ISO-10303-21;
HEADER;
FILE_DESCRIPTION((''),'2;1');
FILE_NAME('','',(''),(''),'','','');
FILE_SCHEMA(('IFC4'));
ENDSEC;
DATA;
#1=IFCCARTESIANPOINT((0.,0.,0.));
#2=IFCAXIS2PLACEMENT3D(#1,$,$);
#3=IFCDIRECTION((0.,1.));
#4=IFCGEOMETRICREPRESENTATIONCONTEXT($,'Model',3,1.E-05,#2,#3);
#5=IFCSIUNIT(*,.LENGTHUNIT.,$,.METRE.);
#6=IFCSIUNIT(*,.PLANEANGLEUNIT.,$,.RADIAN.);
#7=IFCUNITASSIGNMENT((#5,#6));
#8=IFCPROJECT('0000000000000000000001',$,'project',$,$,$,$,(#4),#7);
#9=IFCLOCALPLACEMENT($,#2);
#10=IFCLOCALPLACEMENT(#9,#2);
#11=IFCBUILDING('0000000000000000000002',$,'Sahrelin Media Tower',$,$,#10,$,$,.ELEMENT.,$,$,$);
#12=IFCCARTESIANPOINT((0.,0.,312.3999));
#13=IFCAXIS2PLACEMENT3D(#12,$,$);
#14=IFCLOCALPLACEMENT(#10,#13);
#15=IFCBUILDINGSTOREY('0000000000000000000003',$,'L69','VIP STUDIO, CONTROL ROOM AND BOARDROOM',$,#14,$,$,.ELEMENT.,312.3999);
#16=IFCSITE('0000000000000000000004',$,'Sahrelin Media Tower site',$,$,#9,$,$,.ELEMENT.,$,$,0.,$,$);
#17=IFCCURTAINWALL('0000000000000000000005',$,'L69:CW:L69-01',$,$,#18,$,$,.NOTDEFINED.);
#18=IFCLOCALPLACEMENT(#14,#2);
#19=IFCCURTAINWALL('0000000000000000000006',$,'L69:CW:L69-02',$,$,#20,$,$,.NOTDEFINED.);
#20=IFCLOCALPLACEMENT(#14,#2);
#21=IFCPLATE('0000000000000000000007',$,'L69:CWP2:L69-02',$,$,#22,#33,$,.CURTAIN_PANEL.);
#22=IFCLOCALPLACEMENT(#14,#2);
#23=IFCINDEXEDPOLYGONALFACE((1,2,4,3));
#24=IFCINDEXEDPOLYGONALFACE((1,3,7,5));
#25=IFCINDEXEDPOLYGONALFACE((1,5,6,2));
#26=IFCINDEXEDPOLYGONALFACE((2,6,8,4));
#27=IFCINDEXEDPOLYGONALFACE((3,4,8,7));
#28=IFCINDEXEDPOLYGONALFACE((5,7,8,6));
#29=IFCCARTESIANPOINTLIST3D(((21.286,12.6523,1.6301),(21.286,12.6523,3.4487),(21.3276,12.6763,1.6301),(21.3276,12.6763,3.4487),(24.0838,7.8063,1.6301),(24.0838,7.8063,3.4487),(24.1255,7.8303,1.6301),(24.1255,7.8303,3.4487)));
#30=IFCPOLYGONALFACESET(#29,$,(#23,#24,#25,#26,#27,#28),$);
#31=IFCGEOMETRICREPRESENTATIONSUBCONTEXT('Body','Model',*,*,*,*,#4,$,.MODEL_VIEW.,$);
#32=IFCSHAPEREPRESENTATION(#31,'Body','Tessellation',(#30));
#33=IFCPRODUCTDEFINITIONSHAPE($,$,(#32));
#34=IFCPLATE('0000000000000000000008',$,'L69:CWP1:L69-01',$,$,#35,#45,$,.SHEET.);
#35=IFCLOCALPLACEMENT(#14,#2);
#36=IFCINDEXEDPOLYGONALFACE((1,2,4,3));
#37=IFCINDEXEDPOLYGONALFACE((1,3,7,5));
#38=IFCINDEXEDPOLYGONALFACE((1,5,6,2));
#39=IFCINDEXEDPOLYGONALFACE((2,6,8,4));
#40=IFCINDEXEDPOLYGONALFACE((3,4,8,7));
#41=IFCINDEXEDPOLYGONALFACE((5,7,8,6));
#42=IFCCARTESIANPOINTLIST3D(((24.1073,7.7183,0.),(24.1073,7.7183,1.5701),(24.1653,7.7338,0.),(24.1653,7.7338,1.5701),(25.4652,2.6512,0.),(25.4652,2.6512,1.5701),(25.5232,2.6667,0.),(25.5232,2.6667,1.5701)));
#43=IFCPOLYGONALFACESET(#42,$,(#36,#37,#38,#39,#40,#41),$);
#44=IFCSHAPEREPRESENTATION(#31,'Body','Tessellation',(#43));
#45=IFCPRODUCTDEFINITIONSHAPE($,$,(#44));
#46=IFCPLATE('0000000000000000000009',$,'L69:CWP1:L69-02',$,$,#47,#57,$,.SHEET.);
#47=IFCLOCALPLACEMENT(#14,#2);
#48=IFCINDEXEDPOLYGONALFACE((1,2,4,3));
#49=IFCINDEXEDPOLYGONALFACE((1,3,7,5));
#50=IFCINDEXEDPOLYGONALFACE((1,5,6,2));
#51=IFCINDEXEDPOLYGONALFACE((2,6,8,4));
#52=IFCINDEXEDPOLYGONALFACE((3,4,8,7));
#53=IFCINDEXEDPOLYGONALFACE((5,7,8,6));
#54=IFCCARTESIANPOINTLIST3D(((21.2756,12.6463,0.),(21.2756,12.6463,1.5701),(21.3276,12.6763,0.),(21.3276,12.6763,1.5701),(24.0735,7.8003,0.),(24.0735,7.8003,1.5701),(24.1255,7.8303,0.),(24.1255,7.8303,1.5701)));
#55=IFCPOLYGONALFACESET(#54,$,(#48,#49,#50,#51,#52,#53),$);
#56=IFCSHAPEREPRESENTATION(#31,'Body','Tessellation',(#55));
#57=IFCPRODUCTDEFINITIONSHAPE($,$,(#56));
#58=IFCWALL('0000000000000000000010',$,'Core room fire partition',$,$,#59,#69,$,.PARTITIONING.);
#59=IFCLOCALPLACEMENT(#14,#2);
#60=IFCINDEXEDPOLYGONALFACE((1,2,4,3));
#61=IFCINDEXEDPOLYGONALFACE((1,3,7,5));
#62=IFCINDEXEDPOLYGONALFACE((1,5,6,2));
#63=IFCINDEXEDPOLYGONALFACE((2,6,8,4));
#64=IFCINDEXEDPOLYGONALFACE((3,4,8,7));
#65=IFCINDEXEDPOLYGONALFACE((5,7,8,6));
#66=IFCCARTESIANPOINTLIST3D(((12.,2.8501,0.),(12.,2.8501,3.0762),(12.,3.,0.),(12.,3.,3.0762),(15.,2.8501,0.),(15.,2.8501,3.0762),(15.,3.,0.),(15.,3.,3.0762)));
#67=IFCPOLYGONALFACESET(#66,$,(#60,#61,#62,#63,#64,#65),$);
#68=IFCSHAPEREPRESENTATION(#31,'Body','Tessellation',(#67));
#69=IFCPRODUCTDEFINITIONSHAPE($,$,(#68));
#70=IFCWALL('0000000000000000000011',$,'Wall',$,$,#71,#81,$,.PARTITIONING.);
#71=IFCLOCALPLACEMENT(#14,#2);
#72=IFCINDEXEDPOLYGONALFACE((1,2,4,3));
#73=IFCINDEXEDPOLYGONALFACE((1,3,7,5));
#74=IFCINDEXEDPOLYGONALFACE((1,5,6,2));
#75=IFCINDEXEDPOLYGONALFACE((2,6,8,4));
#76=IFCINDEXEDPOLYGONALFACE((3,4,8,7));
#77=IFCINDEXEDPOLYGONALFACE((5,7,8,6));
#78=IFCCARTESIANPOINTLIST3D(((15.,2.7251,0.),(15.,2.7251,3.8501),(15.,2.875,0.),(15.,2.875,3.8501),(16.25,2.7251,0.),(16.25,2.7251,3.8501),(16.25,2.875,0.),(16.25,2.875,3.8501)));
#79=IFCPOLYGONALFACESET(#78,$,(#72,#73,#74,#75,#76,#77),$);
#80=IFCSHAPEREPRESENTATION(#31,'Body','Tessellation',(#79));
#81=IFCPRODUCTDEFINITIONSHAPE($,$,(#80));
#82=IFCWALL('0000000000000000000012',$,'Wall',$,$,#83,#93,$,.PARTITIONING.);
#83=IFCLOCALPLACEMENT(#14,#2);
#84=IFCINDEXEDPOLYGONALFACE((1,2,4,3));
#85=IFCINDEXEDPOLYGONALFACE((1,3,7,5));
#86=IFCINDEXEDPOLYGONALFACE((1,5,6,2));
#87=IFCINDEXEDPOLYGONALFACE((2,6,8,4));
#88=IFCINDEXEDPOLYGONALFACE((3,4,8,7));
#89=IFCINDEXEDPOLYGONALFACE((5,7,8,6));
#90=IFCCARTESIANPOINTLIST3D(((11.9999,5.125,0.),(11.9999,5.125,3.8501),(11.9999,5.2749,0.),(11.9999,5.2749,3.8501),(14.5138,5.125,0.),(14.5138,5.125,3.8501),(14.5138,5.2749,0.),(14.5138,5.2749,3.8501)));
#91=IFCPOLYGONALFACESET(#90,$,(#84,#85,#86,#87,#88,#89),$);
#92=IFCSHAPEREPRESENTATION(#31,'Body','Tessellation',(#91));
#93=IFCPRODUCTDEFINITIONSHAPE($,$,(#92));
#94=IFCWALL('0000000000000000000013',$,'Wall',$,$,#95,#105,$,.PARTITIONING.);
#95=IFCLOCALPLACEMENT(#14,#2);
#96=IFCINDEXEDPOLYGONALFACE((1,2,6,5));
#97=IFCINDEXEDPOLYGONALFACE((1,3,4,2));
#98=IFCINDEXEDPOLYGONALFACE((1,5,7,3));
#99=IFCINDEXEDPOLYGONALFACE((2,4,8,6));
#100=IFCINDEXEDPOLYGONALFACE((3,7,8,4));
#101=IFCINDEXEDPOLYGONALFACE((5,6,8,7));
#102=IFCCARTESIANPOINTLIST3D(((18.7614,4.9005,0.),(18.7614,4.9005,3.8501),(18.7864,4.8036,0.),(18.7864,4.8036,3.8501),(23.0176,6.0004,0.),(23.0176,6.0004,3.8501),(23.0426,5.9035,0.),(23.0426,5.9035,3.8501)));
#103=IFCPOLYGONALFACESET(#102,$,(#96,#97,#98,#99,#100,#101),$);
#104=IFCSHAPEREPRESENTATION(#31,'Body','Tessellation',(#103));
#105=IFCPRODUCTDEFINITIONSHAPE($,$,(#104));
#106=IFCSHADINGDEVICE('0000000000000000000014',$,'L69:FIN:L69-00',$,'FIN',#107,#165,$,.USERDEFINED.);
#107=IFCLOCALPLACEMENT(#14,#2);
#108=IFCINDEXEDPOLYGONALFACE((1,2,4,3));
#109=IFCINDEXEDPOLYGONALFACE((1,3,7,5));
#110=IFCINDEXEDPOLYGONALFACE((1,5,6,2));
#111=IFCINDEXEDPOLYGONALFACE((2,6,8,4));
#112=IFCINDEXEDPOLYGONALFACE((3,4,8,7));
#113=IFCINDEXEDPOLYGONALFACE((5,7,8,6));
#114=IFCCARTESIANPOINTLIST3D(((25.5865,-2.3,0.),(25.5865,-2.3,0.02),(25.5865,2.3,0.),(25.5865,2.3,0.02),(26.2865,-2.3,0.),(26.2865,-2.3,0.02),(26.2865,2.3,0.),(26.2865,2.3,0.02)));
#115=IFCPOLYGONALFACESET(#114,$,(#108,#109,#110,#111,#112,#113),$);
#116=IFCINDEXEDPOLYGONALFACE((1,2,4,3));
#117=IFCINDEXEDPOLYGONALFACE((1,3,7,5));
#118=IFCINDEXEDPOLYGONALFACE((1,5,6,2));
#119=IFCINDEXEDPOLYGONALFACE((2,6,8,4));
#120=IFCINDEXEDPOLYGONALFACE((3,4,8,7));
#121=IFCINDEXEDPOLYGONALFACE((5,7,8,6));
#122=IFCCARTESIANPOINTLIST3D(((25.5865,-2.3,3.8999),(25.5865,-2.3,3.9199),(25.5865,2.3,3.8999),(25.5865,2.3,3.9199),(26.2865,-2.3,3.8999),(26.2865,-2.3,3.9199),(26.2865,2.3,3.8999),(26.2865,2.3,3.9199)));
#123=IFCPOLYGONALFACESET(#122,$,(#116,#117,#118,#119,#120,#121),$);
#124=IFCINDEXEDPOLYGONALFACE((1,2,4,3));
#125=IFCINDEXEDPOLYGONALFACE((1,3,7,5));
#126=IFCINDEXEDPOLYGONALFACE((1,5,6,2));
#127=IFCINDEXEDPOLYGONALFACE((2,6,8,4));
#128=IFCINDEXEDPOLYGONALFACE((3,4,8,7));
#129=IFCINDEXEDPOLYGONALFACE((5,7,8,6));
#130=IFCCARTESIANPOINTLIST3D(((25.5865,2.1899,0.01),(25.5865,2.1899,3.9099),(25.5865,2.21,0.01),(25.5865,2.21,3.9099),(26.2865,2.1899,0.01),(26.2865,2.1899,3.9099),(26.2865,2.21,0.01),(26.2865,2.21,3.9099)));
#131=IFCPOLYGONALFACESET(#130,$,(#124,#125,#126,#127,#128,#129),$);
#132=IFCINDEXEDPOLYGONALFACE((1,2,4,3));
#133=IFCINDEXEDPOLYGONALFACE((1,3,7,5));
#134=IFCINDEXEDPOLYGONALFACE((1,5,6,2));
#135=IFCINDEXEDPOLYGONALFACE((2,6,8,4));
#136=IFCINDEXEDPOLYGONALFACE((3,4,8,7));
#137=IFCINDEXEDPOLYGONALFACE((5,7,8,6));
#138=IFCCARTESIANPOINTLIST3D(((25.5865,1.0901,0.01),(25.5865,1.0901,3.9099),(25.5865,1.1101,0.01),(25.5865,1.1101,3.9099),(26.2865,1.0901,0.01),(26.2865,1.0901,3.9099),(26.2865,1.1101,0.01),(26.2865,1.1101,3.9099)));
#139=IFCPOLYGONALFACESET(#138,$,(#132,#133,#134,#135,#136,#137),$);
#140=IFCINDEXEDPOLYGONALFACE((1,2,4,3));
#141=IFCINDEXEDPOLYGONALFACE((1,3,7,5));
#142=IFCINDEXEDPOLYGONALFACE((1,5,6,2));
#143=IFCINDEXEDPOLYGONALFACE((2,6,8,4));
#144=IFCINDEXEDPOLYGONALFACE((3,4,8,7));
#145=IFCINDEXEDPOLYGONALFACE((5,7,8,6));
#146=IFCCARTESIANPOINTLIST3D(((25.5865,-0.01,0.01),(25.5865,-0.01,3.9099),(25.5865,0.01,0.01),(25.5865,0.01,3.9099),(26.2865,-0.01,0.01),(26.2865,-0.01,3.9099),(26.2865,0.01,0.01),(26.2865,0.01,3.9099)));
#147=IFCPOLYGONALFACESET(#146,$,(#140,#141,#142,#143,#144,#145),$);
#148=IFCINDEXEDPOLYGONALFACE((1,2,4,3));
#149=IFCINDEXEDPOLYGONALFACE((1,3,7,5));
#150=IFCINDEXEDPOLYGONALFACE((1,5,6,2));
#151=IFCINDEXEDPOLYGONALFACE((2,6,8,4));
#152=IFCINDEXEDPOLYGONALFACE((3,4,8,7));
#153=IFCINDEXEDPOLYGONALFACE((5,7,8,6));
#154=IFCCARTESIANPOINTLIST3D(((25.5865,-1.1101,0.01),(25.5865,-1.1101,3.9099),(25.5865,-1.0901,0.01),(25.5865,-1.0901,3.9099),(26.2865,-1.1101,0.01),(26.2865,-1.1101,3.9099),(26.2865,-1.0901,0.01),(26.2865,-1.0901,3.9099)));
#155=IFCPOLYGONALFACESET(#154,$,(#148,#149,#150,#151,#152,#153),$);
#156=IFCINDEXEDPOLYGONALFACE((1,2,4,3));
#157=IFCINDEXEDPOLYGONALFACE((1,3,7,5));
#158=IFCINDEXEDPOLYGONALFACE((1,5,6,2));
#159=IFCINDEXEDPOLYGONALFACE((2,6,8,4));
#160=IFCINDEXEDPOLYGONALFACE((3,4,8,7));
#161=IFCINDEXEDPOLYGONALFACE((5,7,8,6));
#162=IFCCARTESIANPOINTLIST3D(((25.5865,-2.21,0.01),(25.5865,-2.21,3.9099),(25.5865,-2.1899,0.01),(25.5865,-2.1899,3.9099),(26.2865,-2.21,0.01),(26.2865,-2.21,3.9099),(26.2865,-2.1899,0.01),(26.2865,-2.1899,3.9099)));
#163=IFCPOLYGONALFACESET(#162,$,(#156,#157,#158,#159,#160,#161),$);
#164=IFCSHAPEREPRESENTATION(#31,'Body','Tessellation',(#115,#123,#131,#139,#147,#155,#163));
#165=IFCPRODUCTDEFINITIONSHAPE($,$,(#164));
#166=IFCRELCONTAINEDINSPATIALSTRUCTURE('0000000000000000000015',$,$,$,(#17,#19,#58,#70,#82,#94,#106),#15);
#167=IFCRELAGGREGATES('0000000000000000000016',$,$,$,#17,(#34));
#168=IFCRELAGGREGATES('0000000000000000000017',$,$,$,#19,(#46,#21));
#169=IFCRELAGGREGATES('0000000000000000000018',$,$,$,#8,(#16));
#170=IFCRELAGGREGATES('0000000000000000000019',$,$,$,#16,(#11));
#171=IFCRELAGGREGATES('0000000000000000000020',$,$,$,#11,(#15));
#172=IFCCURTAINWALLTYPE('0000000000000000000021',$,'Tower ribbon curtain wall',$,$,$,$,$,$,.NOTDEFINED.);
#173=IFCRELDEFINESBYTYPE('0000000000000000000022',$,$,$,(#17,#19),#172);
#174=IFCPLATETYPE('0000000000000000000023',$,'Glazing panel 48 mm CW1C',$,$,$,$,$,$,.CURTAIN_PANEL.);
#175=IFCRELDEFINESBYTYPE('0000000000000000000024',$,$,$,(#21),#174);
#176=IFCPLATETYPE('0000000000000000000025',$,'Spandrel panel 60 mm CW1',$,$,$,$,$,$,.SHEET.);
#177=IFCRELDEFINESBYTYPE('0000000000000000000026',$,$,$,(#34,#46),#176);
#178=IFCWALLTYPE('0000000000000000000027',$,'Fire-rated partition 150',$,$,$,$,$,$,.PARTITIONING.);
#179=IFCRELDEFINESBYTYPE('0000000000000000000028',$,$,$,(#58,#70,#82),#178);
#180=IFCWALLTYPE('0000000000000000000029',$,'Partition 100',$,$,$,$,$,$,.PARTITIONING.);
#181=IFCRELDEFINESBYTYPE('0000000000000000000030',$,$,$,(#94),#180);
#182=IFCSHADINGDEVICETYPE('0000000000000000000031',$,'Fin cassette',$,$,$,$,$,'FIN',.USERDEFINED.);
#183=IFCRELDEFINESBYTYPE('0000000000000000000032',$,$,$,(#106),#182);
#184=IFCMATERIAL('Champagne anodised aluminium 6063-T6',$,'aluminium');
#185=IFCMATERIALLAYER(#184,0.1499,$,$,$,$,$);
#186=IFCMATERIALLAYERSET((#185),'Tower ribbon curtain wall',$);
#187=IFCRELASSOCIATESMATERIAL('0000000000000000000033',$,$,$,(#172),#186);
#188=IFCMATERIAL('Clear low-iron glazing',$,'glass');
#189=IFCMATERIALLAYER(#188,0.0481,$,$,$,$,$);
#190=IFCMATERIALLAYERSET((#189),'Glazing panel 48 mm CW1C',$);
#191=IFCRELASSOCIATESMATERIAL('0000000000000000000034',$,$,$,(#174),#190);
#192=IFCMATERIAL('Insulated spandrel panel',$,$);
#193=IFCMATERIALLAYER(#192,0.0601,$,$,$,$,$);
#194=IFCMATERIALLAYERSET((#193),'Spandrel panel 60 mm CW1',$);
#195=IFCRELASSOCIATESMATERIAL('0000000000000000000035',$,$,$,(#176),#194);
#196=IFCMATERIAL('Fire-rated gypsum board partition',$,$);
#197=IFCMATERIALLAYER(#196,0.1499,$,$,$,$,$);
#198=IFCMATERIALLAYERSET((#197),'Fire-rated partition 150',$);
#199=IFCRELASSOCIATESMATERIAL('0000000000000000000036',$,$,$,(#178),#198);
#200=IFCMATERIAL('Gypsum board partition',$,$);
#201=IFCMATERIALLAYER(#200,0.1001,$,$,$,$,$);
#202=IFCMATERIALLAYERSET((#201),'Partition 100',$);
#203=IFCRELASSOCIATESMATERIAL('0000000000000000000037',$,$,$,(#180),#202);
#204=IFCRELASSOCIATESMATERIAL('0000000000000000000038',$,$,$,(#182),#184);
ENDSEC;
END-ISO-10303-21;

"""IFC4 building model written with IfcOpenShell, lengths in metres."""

from ifc_helpers import new_model, si_unit, direction, frame, frame_2d, origin, origin_2d, place, context, subcontext, project, spatial, polyline, rectangle, outline, extrude, material, layer, layer_set, type_object, element, aggregate, save


model = new_model("IFC4")

# Units and contexts
model_context = context("Model", 3, precision=1e-05, world=origin(), true_north=direction((0.0, 1.0)))
body_context = subcontext(model_context, "Body", "Model", "MODEL_VIEW")
ifc_project = project(units=[si_unit("LENGTHUNIT", "METRE"), si_unit("PLANEANGLEUNIT", "RADIAN")], contexts=[model_context])

# Site, building, storey
site_placement = place(None, origin())
site = spatial("IfcSite", under=ifc_project, at=site_placement, Name="Sahrelin Media Tower site", CompositionType="ELEMENT", RefElevation=0.0)
building_placement = place(site_placement, origin())
building = spatial("IfcBuilding", under=site, at=building_placement, Name="Sahrelin Media Tower", CompositionType="ELEMENT")
storey_placement = place(building_placement, frame((0.0, 0.0, 312.3999)))
storey = spatial("IfcBuildingStorey", under=building, at=storey_placement, Name="L69", Description="VIP STUDIO, CONTROL ROOM AND BOARDROOM", CompositionType="ELEMENT", Elevation=312.3999)

# Curtain walls
ifc_material_1 = material(Name="Champagne anodised aluminium 6063-T6", Category="aluminium")
ifc_layer_1 = layer(ifc_material_1, 0.1499)
ifc_layer_set_1 = layer_set([ifc_layer_1], Name="Tower ribbon curtain wall")
curtain_wall_type = type_object("IfcCurtainWallType", Name="Tower ribbon curtain wall", PredefinedType="NOTDEFINED", material=ifc_layer_set_1)
curtain_wall_1_placement = place(storey_placement, frame((24.825, 5.1951, 0.0), z_axis=(0.0, 0.0, 1.0), x_axis=(1.0, 0.0, 0.0)))
curtain_wall_1 = element("IfcCurtainWall", 1, at=curtain_wall_1_placement, inside=storey, type_object=curtain_wall_type, Name="L69:CW:L69-01", PredefinedType="NOTDEFINED")
curtain_wall_2_placement = place(storey_placement, frame((22.7092, 10.2432, 0.0), z_axis=(0.0, 0.0, 1.0), x_axis=(1.0, 0.0, 0.0)))
curtain_wall_2 = element("IfcCurtainWall", 2, at=curtain_wall_2_placement, inside=storey, type_object=curtain_wall_type, Name="L69:CW:L69-02", PredefinedType="NOTDEFINED")

# Plates
ifc_material_2 = material(Name="Clear low-iron glazing", Category="glass")
ifc_layer_2 = layer(ifc_material_2, 0.0481)
ifc_layer_set_2 = layer_set([ifc_layer_2], Name="Glazing panel 48 mm CW1C")
plate_type_1 = type_object("IfcPlateType", Name="Glazing panel 48 mm CW1C", PredefinedType="CURTAIN_PANEL", material=ifc_layer_set_2)
plate_1_placement = place(storey_placement, frame((24.1255, 7.8303, 1.6301), z_axis=(0.866022, 0.500006, 0.0), x_axis=(-0.500006, 0.866022, 0.0)))
plate_1 = element("IfcPlate", 3, at=plate_1_placement, type_object=plate_type_1, Name="L69:CWP2:L69-02", PredefinedType="CURTAIN_PANEL", context=body_context, shape_type="SweptSolid", body=[
    extrude(outline(polyline([(0.0, 0.0), (5.5957, 0.0), (5.5957, 1.8186), (0.0, 1.8186), (0.0, 0.0)])), origin(), (0.0, 0.0, -1.0), 0.0481),
])
ifc_material_3 = material(Name="Insulated spandrel panel")
ifc_layer_3 = layer(ifc_material_3, 0.0601)
ifc_layer_set_3 = layer_set([ifc_layer_3], Name="Spandrel panel 60 mm CW1")
plate_type_2 = type_object("IfcPlateType", Name="Spandrel panel 60 mm CW1", PredefinedType="SHEET", material=ifc_layer_set_3)
plate_2_placement = place(storey_placement, frame((25.5232, 2.6667, 0.0), z_axis=(0.965918, 0.25885, 0.0), x_axis=(-0.25885, 0.965918, 0.0)))
plate_2 = element("IfcPlate", 4, at=plate_2_placement, type_object=plate_type_2, Name="L69:CWP1:L69-01", PredefinedType="SHEET", context=body_context, shape_type="SweptSolid", body=[
    extrude(outline(polyline([(0.0, 0.0), (5.2458, 0.0), (5.2458, 1.5701), (0.0, 1.5701), (0.0, 0.0)])), origin(), (0.0, 0.0, -1.0), 0.0601),
])
aggregate(curtain_wall_1, [plate_2])
plate_3_placement = place(storey_placement, frame((24.1255, 7.8303, 0.0), z_axis=(0.866022, 0.500006, 0.0), x_axis=(-0.500006, 0.866022, 0.0)))
plate_3 = element("IfcPlate", 5, at=plate_3_placement, type_object=plate_type_2, Name="L69:CWP1:L69-02", PredefinedType="SHEET", context=body_context, shape_type="SweptSolid", body=[
    extrude(outline(polyline([(0.0, 0.0), (5.5957, 0.0), (5.5957, 1.5701), (0.0, 1.5701), (0.0, 0.0)])), origin(), (0.0, 0.0, -1.0), 0.0601),
])
aggregate(curtain_wall_2, [plate_3, plate_1])

# Walls
ifc_material_4 = material(Name="Fire-rated gypsum board partition")
ifc_layer_4 = layer(ifc_material_4, 0.1499)
ifc_layer_set_4 = layer_set([ifc_layer_4], Name="Fire-rated partition 150")
wall_type_1 = type_object("IfcWallType", Name="Fire-rated partition 150", PredefinedType="PARTITIONING", material=ifc_layer_set_4)
wall_1_placement = place(storey_placement, frame((12.0, 2.925, 0.0), z_axis=(0.0, 0.0, 1.0), x_axis=(1.0, 0.0, 0.0)))
element("IfcWall", 6, at=wall_1_placement, inside=storey, type_object=wall_type_1, Name="Core room fire partition", PredefinedType="PARTITIONING", context=body_context, shape_type="SweptSolid", body=[
    extrude(rectangle(XDim=3.0, YDim=0.1499, at=frame_2d((1.5, 0.0))), origin(), (0.0, 0.0, 1.0), 3.0762),
])
wall_2_placement = place(storey_placement, frame((15.0, 2.8, 0.0), z_axis=(0.0, 0.0, 1.0), x_axis=(1.0, 0.0, 0.0)))
element("IfcWall", 7, at=wall_2_placement, inside=storey, type_object=wall_type_1, Name="Wall", PredefinedType="PARTITIONING", context=body_context, shape_type="SweptSolid", body=[
    extrude(rectangle(XDim=1.25, YDim=0.1499, at=frame_2d((0.625, 0.0))), origin(), (0.0, 0.0, 1.0), 3.8501),
])
wall_3_placement = place(storey_placement, frame((12.0, 5.2, 0.0), z_axis=(0.0, 0.0, 1.0), x_axis=(1.0, 0.0, 0.0)))
element("IfcWall", 8, at=wall_3_placement, inside=storey, type_object=wall_type_1, Name="Wall", PredefinedType="PARTITIONING", context=body_context, shape_type="SweptSolid", body=[
    extrude(rectangle(XDim=2.5139, YDim=0.1499, at=frame_2d((1.2568, 0.0))), origin(), (0.0, 0.0, 1.0), 3.8501),
])
ifc_material_5 = material(Name="Gypsum board partition")
ifc_layer_5 = layer(ifc_material_5, 0.1001)
ifc_layer_set_5 = layer_set([ifc_layer_5], Name="Partition 100")
wall_type_2 = type_object("IfcWallType", Name="Partition 100", PredefinedType="PARTITIONING", material=ifc_layer_set_5)
wall_4_placement = place(storey_placement, frame((18.7739, 4.8521, 0.0), z_axis=(0.0, 0.0, 1.0), x_axis=(0.968194, 0.250199, 0.0)))
element("IfcWall", 9, at=wall_4_placement, inside=storey, type_object=wall_type_2, Name="Wall", PredefinedType="PARTITIONING", context=body_context, shape_type="SweptSolid", body=[
    extrude(rectangle(XDim=4.396, YDim=0.1001, at=frame_2d((2.198, 0.0))), origin(), (0.0, 0.0, 1.0), 3.8501),
])

# Shading device
shading_device_type_1 = type_object("IfcShadingDeviceType", Name="Fin cassette", ElementType="FIN", PredefinedType="USERDEFINED", material=ifc_material_1)
shading_device_1_placement = place(storey_placement, frame((25.5166, 0.0, 0.0), z_axis=(0.0, 0.0, 1.0), x_axis=(0.0, -1.0, 0.0)))
element("IfcShadingDevice", 10, at=shading_device_1_placement, inside=storey, type_object=shading_device_type_1, Name="L69:FIN:L69-00", ObjectType="FIN", PredefinedType="USERDEFINED", context=body_context, shape_type="SweptSolid", body=[
    extrude(rectangle(XDim=4.6001, YDim=0.7, at=origin_2d()), frame((0.0, 0.4199, 0.0)), (0.0, 0.0, 1.0), 0.02),
    extrude(rectangle(XDim=4.6001, YDim=0.7, at=origin_2d()), frame((0.0, 0.4199, 3.8999)), (0.0, 0.0, 1.0), 0.02),
    extrude(rectangle(XDim=0.02, YDim=0.7, at=origin_2d()), frame((-2.2, 0.4199, 0.01), z_axis=(0.0, 0.0, 1.0), x_axis=(1.0, 0.0, 0.0)), (0.0, 0.0, 1.0), 3.8999),
    extrude(rectangle(XDim=0.02, YDim=0.7, at=origin_2d()), frame((-1.1001, 0.4199, 0.01), z_axis=(0.0, 0.0, 1.0), x_axis=(1.0, 0.0, 0.0)), (0.0, 0.0, 1.0), 3.8999),
    extrude(rectangle(XDim=0.02, YDim=0.7, at=origin_2d()), frame((0.0, 0.4199, 0.01), z_axis=(0.0, 0.0, 1.0), x_axis=(1.0, 0.0, 0.0)), (0.0, 0.0, 1.0), 3.8999),
    extrude(rectangle(XDim=0.02, YDim=0.7, at=origin_2d()), frame((1.1001, 0.4199, 0.01), z_axis=(0.0, 0.0, 1.0), x_axis=(1.0, 0.0, 0.0)), (0.0, 0.0, 1.0), 3.8999),
    extrude(rectangle(XDim=0.02, YDim=0.7, at=origin_2d()), frame((2.2, 0.4199, 0.01), z_axis=(0.0, 0.0, 1.0), x_axis=(1.0, 0.0, 0.0)), (0.0, 0.0, 1.0), 3.8999),
])

save(model, "model.ifc")
